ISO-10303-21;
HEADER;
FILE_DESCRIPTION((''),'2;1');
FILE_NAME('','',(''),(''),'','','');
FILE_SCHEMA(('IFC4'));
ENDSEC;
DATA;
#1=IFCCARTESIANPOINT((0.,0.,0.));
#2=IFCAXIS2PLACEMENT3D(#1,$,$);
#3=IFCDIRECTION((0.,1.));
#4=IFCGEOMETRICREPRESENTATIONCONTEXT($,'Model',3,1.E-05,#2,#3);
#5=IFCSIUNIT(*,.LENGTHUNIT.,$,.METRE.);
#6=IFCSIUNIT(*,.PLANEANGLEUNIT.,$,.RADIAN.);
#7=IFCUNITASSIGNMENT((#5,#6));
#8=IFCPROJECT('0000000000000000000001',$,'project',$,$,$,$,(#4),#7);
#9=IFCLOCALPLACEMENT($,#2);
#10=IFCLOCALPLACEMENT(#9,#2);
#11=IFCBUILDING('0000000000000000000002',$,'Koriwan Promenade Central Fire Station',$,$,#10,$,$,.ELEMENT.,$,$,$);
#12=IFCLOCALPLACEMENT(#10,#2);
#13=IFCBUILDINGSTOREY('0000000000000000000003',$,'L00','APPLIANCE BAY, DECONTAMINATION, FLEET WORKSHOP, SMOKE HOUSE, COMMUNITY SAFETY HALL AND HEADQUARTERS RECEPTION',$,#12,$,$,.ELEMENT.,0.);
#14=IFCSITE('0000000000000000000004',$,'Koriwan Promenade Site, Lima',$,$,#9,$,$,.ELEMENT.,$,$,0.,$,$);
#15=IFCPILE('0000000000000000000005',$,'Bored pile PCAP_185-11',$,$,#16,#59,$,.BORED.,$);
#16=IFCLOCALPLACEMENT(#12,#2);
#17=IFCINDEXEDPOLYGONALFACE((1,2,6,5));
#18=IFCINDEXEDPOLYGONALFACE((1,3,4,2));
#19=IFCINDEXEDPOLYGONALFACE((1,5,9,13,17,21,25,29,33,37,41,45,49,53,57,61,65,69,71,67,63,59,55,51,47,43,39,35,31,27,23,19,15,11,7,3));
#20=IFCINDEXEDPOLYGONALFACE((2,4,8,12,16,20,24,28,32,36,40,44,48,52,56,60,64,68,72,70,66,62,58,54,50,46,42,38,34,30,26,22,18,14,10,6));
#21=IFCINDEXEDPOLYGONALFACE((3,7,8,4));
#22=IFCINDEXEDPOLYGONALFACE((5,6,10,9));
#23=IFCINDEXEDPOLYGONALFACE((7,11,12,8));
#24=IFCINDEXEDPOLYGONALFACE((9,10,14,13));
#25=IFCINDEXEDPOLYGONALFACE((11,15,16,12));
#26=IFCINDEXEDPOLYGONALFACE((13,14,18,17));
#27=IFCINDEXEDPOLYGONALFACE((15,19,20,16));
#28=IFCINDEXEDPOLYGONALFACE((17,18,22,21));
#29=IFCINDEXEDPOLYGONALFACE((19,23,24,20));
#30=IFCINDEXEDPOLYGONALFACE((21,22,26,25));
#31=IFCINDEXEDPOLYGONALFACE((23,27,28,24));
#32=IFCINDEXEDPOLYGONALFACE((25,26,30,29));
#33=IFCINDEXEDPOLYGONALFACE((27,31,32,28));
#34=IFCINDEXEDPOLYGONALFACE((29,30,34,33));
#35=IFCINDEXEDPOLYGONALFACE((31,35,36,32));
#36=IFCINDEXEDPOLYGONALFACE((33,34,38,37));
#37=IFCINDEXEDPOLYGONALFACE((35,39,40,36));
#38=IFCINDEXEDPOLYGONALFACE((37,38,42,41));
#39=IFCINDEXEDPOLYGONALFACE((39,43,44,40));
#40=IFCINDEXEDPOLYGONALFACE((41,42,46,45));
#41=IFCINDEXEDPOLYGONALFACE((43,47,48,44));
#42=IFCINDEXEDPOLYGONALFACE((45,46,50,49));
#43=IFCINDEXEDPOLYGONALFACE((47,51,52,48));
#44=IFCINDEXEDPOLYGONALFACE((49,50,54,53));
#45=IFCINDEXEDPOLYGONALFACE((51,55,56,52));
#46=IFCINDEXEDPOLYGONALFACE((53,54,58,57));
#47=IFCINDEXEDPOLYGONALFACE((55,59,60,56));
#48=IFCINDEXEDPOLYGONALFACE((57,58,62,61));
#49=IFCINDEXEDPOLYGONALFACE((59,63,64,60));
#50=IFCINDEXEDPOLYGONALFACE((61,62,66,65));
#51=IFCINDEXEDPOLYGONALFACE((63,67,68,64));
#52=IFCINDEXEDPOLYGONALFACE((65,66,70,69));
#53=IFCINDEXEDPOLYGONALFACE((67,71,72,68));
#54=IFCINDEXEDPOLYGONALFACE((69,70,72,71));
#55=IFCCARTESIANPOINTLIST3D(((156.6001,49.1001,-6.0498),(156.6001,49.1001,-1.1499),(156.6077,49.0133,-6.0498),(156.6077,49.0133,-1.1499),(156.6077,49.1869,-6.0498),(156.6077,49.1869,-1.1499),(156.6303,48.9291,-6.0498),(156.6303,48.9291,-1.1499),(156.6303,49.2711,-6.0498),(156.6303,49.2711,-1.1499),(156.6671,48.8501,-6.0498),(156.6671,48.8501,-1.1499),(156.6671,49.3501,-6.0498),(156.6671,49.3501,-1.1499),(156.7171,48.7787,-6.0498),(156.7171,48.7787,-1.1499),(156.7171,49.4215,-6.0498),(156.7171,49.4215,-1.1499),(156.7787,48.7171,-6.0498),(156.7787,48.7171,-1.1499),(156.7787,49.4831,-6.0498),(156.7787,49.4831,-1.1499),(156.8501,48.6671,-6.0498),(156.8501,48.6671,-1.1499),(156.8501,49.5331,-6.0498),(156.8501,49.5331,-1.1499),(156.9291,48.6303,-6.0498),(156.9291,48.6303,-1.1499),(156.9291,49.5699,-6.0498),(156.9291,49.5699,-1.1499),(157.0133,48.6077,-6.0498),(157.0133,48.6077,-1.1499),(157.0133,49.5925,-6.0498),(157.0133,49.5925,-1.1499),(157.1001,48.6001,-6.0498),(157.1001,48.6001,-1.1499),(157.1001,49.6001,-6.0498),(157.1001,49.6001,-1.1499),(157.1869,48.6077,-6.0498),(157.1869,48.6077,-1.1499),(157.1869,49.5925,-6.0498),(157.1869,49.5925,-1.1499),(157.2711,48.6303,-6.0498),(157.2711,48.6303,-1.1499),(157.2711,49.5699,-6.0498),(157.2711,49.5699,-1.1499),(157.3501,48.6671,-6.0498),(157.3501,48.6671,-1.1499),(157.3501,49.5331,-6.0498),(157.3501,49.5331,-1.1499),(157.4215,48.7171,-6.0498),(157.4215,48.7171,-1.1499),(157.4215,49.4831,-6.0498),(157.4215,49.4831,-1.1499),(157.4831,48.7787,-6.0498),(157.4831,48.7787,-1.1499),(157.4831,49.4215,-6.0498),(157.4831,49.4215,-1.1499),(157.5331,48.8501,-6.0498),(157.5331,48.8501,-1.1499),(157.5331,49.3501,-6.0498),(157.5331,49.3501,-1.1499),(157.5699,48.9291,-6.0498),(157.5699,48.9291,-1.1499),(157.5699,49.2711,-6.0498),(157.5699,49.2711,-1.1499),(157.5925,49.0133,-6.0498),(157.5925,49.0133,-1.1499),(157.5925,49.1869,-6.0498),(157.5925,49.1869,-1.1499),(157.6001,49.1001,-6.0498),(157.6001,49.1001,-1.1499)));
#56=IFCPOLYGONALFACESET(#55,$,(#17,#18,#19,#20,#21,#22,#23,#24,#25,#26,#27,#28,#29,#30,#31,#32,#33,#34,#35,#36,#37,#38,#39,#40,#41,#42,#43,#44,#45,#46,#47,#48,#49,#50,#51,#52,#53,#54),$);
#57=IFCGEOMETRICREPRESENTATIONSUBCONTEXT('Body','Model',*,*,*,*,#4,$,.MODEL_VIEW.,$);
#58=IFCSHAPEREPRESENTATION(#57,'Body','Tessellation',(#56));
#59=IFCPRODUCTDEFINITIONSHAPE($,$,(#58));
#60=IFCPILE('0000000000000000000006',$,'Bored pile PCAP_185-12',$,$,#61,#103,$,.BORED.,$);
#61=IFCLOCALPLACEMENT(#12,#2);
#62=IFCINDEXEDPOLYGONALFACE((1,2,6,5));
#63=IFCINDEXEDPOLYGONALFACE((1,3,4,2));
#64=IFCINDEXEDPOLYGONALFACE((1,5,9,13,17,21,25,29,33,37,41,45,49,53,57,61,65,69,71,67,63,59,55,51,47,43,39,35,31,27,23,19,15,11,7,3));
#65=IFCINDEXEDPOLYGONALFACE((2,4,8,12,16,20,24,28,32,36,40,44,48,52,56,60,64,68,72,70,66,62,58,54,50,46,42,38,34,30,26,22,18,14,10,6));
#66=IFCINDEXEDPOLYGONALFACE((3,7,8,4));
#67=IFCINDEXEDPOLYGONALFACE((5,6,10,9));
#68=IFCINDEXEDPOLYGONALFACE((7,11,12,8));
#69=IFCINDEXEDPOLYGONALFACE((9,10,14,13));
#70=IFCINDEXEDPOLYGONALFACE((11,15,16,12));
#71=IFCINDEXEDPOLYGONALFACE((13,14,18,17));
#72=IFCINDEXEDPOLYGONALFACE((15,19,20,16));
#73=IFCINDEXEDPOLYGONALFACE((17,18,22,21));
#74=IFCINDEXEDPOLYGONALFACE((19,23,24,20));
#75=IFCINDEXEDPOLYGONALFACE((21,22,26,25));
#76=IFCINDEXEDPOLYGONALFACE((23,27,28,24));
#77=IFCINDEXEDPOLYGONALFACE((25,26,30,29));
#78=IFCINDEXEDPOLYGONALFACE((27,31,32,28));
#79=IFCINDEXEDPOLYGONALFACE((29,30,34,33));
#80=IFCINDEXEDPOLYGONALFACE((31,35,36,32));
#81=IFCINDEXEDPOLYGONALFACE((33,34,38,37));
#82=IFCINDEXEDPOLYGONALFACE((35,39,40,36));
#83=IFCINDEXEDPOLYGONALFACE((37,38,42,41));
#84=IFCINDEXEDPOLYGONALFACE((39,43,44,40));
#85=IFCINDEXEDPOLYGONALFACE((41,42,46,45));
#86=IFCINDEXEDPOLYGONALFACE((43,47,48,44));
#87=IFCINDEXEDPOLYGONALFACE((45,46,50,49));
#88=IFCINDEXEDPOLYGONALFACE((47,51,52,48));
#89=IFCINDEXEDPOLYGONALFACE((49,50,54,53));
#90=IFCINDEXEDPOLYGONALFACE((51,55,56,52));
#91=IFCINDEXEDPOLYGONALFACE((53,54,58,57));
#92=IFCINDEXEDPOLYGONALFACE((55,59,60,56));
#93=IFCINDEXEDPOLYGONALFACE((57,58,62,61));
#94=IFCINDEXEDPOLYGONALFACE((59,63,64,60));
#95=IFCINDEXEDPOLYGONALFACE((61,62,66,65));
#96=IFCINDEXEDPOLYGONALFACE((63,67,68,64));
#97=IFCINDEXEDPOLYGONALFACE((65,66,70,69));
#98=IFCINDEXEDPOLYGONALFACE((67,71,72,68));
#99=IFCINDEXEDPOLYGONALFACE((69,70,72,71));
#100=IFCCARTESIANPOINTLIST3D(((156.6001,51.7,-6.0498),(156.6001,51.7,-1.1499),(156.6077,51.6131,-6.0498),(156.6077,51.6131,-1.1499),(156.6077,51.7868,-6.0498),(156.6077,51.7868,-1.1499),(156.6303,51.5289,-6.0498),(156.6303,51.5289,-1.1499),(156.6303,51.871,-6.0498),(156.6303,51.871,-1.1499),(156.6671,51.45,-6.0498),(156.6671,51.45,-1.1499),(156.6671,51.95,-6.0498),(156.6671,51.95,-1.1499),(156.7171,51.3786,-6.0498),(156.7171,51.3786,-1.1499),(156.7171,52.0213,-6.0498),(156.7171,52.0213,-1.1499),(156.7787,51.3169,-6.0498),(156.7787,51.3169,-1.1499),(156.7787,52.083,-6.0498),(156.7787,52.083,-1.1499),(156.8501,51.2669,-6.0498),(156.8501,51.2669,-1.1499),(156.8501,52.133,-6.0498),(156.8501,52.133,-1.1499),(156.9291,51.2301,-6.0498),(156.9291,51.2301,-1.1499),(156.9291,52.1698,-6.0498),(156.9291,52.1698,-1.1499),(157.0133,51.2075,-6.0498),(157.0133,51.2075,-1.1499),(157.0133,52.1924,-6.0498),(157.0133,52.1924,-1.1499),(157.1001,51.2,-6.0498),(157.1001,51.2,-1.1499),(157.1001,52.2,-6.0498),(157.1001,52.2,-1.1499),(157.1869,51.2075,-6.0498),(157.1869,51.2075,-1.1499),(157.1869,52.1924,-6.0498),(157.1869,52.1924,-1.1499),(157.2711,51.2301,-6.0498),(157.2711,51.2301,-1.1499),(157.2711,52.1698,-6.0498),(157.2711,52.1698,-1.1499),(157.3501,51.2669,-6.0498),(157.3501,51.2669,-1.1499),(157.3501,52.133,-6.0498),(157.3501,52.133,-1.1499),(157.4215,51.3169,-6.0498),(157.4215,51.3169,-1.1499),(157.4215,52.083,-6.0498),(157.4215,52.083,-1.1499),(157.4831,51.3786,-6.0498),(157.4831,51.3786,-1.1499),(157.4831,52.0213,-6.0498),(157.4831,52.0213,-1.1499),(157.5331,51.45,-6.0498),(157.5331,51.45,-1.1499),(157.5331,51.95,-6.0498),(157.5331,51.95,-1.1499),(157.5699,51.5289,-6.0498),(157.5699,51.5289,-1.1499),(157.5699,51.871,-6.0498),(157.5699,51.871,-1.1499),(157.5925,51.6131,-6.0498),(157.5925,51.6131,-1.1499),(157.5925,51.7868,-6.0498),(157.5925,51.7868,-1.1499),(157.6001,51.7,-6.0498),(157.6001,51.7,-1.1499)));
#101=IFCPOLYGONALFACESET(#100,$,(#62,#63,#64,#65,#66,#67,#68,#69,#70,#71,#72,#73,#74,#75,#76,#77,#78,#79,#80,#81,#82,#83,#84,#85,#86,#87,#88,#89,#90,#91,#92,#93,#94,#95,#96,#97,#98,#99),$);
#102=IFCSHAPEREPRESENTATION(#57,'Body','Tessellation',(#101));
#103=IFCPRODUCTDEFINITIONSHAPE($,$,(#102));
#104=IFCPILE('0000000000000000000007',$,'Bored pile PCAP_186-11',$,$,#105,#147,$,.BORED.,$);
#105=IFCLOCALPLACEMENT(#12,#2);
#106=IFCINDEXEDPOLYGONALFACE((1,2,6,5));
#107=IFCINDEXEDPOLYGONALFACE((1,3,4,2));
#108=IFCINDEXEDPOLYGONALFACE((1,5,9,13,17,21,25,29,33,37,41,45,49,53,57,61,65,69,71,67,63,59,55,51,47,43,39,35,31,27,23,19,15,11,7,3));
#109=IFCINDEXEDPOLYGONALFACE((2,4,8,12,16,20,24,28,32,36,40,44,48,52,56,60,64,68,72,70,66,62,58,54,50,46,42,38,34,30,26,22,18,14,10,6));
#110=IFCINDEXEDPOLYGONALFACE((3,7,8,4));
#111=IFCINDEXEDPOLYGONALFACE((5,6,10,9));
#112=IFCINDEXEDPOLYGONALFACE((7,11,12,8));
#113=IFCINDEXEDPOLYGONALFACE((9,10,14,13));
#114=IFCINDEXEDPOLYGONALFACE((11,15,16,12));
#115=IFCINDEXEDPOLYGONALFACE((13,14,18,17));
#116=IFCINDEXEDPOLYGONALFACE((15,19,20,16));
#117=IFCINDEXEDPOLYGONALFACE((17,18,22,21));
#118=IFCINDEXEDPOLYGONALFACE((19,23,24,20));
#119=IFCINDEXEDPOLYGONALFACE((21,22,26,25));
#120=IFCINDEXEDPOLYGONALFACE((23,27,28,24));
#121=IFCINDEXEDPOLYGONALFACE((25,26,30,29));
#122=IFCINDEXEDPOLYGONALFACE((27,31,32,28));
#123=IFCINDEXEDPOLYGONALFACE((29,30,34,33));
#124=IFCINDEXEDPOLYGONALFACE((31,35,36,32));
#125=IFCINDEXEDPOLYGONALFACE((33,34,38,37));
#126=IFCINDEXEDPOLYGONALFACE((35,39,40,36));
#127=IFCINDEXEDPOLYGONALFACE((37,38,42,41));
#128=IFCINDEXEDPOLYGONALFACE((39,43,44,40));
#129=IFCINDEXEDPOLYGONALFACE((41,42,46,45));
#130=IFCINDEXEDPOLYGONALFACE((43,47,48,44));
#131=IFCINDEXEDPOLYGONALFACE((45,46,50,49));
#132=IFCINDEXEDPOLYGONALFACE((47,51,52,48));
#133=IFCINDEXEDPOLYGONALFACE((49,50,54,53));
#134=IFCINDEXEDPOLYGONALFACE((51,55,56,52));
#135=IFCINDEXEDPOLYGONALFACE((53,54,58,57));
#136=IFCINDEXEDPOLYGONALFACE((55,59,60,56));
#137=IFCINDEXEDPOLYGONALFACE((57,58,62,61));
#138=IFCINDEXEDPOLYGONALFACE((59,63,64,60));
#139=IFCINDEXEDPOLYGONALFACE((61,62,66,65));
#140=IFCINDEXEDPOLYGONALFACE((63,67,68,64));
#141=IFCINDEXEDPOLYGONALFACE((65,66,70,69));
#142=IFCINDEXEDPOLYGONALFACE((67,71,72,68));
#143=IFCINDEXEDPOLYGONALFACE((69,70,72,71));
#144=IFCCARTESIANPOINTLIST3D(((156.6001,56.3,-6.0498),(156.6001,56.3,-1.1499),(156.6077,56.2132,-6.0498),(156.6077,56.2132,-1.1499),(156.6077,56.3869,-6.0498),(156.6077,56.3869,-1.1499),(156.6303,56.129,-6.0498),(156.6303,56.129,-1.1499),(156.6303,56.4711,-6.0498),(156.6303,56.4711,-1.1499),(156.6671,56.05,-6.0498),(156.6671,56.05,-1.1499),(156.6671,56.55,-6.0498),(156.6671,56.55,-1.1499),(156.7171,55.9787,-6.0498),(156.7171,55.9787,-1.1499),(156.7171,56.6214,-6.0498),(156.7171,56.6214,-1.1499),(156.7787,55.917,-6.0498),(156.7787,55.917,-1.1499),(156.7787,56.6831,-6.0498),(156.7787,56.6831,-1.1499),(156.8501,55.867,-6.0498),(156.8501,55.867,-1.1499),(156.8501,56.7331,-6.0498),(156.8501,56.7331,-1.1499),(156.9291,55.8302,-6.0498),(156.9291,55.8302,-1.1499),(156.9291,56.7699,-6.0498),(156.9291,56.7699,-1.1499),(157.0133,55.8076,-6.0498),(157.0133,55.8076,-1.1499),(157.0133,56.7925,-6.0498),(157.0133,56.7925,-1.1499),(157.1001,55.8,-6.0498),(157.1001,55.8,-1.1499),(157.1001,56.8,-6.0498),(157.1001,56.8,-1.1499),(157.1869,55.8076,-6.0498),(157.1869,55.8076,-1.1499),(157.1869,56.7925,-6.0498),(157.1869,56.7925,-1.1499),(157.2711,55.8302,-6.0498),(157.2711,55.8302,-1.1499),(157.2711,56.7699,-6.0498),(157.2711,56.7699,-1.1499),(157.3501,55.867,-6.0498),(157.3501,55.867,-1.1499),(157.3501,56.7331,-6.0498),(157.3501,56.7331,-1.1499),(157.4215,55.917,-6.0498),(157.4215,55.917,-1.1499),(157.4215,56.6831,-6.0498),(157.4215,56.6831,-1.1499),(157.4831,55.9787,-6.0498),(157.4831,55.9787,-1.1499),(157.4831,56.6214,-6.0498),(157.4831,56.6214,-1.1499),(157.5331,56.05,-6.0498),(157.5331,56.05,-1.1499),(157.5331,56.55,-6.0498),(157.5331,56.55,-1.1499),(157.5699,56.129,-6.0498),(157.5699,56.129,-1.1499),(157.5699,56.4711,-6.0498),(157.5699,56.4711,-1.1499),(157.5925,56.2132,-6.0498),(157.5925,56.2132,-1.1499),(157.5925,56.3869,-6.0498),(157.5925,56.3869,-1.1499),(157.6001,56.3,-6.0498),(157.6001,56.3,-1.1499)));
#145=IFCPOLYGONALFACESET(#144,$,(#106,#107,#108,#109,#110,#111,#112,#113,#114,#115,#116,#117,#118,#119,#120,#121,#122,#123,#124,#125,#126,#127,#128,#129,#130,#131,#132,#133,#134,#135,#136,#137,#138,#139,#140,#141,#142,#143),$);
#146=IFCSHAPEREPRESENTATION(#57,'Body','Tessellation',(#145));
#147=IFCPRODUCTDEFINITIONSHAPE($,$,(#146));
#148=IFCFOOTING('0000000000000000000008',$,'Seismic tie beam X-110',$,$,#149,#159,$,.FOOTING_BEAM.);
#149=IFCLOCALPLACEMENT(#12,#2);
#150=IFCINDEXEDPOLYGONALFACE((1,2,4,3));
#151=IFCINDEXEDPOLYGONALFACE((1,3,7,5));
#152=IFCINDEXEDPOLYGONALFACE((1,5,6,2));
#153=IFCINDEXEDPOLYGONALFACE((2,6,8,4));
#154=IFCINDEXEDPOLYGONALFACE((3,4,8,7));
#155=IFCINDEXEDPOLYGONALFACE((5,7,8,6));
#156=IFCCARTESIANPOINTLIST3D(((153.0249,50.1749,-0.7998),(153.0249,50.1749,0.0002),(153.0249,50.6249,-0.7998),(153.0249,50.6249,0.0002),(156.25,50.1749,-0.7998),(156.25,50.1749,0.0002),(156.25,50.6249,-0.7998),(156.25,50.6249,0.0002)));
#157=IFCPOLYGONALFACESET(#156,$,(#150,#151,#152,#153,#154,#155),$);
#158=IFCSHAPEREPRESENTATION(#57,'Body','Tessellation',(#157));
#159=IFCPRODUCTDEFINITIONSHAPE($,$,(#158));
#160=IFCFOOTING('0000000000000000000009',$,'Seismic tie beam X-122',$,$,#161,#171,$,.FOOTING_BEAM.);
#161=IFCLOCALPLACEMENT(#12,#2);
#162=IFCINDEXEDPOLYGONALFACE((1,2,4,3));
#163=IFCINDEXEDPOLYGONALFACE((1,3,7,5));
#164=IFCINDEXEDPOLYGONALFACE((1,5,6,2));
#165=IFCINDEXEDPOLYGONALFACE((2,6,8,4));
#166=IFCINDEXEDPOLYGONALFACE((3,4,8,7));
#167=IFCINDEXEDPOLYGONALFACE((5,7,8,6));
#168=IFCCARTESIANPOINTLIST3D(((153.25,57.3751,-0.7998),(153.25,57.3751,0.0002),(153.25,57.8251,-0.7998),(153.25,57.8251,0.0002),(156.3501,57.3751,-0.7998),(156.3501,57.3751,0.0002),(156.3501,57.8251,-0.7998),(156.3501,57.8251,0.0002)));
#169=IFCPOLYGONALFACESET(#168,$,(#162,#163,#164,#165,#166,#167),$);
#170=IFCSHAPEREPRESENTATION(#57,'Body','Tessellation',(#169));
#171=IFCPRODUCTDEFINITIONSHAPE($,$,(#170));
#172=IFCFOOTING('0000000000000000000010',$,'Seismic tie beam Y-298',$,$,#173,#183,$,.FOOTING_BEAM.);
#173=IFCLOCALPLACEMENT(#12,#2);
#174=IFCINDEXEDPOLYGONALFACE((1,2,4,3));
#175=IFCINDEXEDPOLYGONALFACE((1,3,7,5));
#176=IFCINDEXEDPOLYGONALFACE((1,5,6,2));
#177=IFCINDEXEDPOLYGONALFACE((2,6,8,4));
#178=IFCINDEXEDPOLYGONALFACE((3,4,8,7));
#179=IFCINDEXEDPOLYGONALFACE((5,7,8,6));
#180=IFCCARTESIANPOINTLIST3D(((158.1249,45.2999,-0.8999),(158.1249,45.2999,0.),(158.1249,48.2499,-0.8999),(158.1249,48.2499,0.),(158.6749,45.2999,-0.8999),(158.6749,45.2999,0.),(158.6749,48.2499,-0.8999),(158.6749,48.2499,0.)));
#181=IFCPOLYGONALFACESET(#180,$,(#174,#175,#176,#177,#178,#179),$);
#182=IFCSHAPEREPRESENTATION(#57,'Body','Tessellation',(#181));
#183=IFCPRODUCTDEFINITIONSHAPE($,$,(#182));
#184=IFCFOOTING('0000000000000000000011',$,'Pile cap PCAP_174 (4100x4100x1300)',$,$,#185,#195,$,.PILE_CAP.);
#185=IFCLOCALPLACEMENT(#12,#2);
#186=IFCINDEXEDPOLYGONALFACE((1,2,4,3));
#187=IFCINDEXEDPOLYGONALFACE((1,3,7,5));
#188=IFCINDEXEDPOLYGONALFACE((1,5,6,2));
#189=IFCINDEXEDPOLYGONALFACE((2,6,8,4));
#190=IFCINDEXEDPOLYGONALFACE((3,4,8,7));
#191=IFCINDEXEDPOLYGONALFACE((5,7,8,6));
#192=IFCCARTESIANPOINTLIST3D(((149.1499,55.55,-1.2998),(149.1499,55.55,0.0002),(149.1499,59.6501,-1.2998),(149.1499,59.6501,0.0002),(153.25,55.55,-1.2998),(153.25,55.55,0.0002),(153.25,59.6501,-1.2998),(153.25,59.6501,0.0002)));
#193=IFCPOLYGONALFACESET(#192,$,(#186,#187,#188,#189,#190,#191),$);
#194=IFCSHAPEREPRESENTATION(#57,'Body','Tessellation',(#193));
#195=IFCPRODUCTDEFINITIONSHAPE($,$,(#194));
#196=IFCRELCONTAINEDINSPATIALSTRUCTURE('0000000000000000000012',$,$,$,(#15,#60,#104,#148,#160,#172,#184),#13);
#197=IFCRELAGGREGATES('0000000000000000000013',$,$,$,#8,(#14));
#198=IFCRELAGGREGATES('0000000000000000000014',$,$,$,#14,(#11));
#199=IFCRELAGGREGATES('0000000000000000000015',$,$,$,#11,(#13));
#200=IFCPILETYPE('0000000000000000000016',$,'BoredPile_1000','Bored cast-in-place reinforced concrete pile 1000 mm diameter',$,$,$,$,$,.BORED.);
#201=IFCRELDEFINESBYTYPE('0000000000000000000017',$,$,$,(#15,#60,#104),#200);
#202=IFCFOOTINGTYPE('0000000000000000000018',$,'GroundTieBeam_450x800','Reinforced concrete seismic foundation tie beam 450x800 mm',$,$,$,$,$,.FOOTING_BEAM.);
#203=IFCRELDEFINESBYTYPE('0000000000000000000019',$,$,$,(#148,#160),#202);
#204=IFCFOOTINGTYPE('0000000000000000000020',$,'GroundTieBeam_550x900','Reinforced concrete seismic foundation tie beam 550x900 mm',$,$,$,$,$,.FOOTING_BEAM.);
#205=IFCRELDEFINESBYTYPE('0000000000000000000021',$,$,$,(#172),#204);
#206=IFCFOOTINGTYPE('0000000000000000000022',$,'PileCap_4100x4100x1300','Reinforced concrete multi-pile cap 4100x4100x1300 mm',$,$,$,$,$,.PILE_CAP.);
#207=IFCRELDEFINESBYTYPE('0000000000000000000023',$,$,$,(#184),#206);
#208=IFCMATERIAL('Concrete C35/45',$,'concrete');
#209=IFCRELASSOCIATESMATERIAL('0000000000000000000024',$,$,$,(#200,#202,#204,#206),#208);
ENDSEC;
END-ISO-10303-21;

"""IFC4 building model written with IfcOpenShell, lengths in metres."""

from ifc_helpers import new_model, si_unit, direction, frame, origin, origin_2d, place, context, subcontext, project, spatial, rectangle, circle, extrude, material, material_profile, profile_set, type_object, element, save


model = new_model("IFC4")

# Units and contexts
model_context = context("Model", 3, precision=1e-05, world=origin(), true_north=direction((0.0, 1.0)))
body_context = subcontext(model_context, "Body", "Model", "MODEL_VIEW")
ifc_project = project(units=[si_unit("LENGTHUNIT", "METRE"), si_unit("PLANEANGLEUNIT", "RADIAN")], contexts=[model_context])

# Site, building, storey
site_placement = place(None, origin())
site = spatial("IfcSite", under=ifc_project, at=site_placement, Name="Koriwan Promenade Site, Lima", CompositionType="ELEMENT", RefElevation=0.0)
building_placement = place(site_placement, origin())
building = spatial("IfcBuilding", under=site, at=building_placement, Name="Koriwan Promenade Central Fire Station", CompositionType="ELEMENT")
storey_placement = place(building_placement, origin())
storey = spatial("IfcBuildingStorey", under=building, at=storey_placement, Name="L00", Description="APPLIANCE BAY, DECONTAMINATION, FLEET WORKSHOP, SMOKE HOUSE, COMMUNITY SAFETY HALL AND HEADQUARTERS RECEPTION", CompositionType="ELEMENT", Elevation=0.0)

# Piles
ifc_material_1 = material(Name="Concrete C35/45", Category="concrete")
ifc_material_profile_1 = material_profile(ifc_material_1, circle(Radius=0.5, at=origin_2d()), Name="PILE-D1000")
ifc_profile_set_1 = profile_set([ifc_material_profile_1], Name="Concrete C35/45")
pile_type = type_object("IfcPileType", Name="BoredPile_1000", Description="Bored cast-in-place reinforced concrete pile 1000 mm diameter", PredefinedType="BORED", material=ifc_profile_set_1)
for number, where, z_axis, x_axis, name in (
    (1, (157.1001, 49.1001, -1.1499), (0.0, 0.0, -1.0), (1.0, 0.0, 0.0), "Bored pile PCAP_185-11"),
    (2, (157.1001, 51.7, -1.1499), (0.0, 0.0, -1.0), (1.0, 0.0, 0.0), "Bored pile PCAP_185-12"),
    (3, (157.1001, 56.3, -1.1499), (0.0, 0.0, -1.0), (1.0, 0.0, 0.0), "Bored pile PCAP_186-11"),
):
    element("IfcPile", number, at=place(storey_placement, frame(where, z_axis=z_axis, x_axis=x_axis)), inside=storey, type_object=pile_type, Name=name, PredefinedType="BORED", context=body_context, shape_type="SweptSolid", body=[
        extrude(circle(Radius=0.5, at=origin_2d()), origin(), (0.0, 0.0, 1.0), 4.8999),
    ])

# Footings
footing_type_1 = type_object("IfcFootingType", Name="GroundTieBeam_450x800", Description="Reinforced concrete seismic foundation tie beam 450x800 mm", PredefinedType="FOOTING_BEAM", material=ifc_material_1)
footing_1_placement = place(storey_placement, frame((154.6375, 50.3999, -0.7998), z_axis=(0.0, 0.0, 1.0), x_axis=(1.0, 0.0, 0.0)))
element("IfcFooting", 4, at=footing_1_placement, inside=storey, type_object=footing_type_1, Name="Seismic tie beam X-110", PredefinedType="FOOTING_BEAM", context=body_context, shape_type="SweptSolid", body=[
    extrude(rectangle(XDim=3.2251, YDim=0.45, at=origin_2d()), origin(), (0.0, 0.0, 1.0), 0.8),
])
footing_2_placement = place(storey_placement, frame((154.8, 57.6001, -0.7998), z_axis=(0.0, 0.0, 1.0), x_axis=(1.0, 0.0, 0.0)))
element("IfcFooting", 5, at=footing_2_placement, inside=storey, type_object=footing_type_1, Name="Seismic tie beam X-122", PredefinedType="FOOTING_BEAM", context=body_context, shape_type="SweptSolid", body=[
    extrude(rectangle(XDim=3.1001, YDim=0.45, at=origin_2d()), origin(), (0.0, 0.0, 1.0), 0.8),
])
footing_type_2 = type_object("IfcFootingType", Name="GroundTieBeam_550x900", Description="Reinforced concrete seismic foundation tie beam 550x900 mm", PredefinedType="FOOTING_BEAM", material=ifc_material_1)
footing_3_placement = place(storey_placement, frame((158.3999, 46.7749, -0.8999), z_axis=(0.0, 0.0, 1.0), x_axis=(0.0, 1.0, 0.0)))
element("IfcFooting", 6, at=footing_3_placement, inside=storey, type_object=footing_type_2, Name="Seismic tie beam Y-298", PredefinedType="FOOTING_BEAM", context=body_context, shape_type="SweptSolid", body=[
    extrude(rectangle(XDim=2.95, YDim=0.55, at=origin_2d()), origin(), (0.0, 0.0, 1.0), 0.8999),
])
footing_type_3 = type_object("IfcFootingType", Name="PileCap_4100x4100x1300", Description="Reinforced concrete multi-pile cap 4100x4100x1300 mm", PredefinedType="PILE_CAP", material=ifc_material_1)
footing_4_placement = place(storey_placement, frame((151.2, 57.6001, -1.2998), z_axis=(0.0, 0.0, 1.0), x_axis=(1.0, 0.0, 0.0)))
element("IfcFooting", 7, at=footing_4_placement, inside=storey, type_object=footing_type_3, Name="Pile cap PCAP_174 (4100x4100x1300)", PredefinedType="PILE_CAP", context=body_context, shape_type="SweptSolid", body=[
    extrude(rectangle(XDim=4.1001, YDim=4.1001, at=origin_2d()), origin(), (0.0, 0.0, 1.0), 1.3),
])

save(model, "model.ifc")
